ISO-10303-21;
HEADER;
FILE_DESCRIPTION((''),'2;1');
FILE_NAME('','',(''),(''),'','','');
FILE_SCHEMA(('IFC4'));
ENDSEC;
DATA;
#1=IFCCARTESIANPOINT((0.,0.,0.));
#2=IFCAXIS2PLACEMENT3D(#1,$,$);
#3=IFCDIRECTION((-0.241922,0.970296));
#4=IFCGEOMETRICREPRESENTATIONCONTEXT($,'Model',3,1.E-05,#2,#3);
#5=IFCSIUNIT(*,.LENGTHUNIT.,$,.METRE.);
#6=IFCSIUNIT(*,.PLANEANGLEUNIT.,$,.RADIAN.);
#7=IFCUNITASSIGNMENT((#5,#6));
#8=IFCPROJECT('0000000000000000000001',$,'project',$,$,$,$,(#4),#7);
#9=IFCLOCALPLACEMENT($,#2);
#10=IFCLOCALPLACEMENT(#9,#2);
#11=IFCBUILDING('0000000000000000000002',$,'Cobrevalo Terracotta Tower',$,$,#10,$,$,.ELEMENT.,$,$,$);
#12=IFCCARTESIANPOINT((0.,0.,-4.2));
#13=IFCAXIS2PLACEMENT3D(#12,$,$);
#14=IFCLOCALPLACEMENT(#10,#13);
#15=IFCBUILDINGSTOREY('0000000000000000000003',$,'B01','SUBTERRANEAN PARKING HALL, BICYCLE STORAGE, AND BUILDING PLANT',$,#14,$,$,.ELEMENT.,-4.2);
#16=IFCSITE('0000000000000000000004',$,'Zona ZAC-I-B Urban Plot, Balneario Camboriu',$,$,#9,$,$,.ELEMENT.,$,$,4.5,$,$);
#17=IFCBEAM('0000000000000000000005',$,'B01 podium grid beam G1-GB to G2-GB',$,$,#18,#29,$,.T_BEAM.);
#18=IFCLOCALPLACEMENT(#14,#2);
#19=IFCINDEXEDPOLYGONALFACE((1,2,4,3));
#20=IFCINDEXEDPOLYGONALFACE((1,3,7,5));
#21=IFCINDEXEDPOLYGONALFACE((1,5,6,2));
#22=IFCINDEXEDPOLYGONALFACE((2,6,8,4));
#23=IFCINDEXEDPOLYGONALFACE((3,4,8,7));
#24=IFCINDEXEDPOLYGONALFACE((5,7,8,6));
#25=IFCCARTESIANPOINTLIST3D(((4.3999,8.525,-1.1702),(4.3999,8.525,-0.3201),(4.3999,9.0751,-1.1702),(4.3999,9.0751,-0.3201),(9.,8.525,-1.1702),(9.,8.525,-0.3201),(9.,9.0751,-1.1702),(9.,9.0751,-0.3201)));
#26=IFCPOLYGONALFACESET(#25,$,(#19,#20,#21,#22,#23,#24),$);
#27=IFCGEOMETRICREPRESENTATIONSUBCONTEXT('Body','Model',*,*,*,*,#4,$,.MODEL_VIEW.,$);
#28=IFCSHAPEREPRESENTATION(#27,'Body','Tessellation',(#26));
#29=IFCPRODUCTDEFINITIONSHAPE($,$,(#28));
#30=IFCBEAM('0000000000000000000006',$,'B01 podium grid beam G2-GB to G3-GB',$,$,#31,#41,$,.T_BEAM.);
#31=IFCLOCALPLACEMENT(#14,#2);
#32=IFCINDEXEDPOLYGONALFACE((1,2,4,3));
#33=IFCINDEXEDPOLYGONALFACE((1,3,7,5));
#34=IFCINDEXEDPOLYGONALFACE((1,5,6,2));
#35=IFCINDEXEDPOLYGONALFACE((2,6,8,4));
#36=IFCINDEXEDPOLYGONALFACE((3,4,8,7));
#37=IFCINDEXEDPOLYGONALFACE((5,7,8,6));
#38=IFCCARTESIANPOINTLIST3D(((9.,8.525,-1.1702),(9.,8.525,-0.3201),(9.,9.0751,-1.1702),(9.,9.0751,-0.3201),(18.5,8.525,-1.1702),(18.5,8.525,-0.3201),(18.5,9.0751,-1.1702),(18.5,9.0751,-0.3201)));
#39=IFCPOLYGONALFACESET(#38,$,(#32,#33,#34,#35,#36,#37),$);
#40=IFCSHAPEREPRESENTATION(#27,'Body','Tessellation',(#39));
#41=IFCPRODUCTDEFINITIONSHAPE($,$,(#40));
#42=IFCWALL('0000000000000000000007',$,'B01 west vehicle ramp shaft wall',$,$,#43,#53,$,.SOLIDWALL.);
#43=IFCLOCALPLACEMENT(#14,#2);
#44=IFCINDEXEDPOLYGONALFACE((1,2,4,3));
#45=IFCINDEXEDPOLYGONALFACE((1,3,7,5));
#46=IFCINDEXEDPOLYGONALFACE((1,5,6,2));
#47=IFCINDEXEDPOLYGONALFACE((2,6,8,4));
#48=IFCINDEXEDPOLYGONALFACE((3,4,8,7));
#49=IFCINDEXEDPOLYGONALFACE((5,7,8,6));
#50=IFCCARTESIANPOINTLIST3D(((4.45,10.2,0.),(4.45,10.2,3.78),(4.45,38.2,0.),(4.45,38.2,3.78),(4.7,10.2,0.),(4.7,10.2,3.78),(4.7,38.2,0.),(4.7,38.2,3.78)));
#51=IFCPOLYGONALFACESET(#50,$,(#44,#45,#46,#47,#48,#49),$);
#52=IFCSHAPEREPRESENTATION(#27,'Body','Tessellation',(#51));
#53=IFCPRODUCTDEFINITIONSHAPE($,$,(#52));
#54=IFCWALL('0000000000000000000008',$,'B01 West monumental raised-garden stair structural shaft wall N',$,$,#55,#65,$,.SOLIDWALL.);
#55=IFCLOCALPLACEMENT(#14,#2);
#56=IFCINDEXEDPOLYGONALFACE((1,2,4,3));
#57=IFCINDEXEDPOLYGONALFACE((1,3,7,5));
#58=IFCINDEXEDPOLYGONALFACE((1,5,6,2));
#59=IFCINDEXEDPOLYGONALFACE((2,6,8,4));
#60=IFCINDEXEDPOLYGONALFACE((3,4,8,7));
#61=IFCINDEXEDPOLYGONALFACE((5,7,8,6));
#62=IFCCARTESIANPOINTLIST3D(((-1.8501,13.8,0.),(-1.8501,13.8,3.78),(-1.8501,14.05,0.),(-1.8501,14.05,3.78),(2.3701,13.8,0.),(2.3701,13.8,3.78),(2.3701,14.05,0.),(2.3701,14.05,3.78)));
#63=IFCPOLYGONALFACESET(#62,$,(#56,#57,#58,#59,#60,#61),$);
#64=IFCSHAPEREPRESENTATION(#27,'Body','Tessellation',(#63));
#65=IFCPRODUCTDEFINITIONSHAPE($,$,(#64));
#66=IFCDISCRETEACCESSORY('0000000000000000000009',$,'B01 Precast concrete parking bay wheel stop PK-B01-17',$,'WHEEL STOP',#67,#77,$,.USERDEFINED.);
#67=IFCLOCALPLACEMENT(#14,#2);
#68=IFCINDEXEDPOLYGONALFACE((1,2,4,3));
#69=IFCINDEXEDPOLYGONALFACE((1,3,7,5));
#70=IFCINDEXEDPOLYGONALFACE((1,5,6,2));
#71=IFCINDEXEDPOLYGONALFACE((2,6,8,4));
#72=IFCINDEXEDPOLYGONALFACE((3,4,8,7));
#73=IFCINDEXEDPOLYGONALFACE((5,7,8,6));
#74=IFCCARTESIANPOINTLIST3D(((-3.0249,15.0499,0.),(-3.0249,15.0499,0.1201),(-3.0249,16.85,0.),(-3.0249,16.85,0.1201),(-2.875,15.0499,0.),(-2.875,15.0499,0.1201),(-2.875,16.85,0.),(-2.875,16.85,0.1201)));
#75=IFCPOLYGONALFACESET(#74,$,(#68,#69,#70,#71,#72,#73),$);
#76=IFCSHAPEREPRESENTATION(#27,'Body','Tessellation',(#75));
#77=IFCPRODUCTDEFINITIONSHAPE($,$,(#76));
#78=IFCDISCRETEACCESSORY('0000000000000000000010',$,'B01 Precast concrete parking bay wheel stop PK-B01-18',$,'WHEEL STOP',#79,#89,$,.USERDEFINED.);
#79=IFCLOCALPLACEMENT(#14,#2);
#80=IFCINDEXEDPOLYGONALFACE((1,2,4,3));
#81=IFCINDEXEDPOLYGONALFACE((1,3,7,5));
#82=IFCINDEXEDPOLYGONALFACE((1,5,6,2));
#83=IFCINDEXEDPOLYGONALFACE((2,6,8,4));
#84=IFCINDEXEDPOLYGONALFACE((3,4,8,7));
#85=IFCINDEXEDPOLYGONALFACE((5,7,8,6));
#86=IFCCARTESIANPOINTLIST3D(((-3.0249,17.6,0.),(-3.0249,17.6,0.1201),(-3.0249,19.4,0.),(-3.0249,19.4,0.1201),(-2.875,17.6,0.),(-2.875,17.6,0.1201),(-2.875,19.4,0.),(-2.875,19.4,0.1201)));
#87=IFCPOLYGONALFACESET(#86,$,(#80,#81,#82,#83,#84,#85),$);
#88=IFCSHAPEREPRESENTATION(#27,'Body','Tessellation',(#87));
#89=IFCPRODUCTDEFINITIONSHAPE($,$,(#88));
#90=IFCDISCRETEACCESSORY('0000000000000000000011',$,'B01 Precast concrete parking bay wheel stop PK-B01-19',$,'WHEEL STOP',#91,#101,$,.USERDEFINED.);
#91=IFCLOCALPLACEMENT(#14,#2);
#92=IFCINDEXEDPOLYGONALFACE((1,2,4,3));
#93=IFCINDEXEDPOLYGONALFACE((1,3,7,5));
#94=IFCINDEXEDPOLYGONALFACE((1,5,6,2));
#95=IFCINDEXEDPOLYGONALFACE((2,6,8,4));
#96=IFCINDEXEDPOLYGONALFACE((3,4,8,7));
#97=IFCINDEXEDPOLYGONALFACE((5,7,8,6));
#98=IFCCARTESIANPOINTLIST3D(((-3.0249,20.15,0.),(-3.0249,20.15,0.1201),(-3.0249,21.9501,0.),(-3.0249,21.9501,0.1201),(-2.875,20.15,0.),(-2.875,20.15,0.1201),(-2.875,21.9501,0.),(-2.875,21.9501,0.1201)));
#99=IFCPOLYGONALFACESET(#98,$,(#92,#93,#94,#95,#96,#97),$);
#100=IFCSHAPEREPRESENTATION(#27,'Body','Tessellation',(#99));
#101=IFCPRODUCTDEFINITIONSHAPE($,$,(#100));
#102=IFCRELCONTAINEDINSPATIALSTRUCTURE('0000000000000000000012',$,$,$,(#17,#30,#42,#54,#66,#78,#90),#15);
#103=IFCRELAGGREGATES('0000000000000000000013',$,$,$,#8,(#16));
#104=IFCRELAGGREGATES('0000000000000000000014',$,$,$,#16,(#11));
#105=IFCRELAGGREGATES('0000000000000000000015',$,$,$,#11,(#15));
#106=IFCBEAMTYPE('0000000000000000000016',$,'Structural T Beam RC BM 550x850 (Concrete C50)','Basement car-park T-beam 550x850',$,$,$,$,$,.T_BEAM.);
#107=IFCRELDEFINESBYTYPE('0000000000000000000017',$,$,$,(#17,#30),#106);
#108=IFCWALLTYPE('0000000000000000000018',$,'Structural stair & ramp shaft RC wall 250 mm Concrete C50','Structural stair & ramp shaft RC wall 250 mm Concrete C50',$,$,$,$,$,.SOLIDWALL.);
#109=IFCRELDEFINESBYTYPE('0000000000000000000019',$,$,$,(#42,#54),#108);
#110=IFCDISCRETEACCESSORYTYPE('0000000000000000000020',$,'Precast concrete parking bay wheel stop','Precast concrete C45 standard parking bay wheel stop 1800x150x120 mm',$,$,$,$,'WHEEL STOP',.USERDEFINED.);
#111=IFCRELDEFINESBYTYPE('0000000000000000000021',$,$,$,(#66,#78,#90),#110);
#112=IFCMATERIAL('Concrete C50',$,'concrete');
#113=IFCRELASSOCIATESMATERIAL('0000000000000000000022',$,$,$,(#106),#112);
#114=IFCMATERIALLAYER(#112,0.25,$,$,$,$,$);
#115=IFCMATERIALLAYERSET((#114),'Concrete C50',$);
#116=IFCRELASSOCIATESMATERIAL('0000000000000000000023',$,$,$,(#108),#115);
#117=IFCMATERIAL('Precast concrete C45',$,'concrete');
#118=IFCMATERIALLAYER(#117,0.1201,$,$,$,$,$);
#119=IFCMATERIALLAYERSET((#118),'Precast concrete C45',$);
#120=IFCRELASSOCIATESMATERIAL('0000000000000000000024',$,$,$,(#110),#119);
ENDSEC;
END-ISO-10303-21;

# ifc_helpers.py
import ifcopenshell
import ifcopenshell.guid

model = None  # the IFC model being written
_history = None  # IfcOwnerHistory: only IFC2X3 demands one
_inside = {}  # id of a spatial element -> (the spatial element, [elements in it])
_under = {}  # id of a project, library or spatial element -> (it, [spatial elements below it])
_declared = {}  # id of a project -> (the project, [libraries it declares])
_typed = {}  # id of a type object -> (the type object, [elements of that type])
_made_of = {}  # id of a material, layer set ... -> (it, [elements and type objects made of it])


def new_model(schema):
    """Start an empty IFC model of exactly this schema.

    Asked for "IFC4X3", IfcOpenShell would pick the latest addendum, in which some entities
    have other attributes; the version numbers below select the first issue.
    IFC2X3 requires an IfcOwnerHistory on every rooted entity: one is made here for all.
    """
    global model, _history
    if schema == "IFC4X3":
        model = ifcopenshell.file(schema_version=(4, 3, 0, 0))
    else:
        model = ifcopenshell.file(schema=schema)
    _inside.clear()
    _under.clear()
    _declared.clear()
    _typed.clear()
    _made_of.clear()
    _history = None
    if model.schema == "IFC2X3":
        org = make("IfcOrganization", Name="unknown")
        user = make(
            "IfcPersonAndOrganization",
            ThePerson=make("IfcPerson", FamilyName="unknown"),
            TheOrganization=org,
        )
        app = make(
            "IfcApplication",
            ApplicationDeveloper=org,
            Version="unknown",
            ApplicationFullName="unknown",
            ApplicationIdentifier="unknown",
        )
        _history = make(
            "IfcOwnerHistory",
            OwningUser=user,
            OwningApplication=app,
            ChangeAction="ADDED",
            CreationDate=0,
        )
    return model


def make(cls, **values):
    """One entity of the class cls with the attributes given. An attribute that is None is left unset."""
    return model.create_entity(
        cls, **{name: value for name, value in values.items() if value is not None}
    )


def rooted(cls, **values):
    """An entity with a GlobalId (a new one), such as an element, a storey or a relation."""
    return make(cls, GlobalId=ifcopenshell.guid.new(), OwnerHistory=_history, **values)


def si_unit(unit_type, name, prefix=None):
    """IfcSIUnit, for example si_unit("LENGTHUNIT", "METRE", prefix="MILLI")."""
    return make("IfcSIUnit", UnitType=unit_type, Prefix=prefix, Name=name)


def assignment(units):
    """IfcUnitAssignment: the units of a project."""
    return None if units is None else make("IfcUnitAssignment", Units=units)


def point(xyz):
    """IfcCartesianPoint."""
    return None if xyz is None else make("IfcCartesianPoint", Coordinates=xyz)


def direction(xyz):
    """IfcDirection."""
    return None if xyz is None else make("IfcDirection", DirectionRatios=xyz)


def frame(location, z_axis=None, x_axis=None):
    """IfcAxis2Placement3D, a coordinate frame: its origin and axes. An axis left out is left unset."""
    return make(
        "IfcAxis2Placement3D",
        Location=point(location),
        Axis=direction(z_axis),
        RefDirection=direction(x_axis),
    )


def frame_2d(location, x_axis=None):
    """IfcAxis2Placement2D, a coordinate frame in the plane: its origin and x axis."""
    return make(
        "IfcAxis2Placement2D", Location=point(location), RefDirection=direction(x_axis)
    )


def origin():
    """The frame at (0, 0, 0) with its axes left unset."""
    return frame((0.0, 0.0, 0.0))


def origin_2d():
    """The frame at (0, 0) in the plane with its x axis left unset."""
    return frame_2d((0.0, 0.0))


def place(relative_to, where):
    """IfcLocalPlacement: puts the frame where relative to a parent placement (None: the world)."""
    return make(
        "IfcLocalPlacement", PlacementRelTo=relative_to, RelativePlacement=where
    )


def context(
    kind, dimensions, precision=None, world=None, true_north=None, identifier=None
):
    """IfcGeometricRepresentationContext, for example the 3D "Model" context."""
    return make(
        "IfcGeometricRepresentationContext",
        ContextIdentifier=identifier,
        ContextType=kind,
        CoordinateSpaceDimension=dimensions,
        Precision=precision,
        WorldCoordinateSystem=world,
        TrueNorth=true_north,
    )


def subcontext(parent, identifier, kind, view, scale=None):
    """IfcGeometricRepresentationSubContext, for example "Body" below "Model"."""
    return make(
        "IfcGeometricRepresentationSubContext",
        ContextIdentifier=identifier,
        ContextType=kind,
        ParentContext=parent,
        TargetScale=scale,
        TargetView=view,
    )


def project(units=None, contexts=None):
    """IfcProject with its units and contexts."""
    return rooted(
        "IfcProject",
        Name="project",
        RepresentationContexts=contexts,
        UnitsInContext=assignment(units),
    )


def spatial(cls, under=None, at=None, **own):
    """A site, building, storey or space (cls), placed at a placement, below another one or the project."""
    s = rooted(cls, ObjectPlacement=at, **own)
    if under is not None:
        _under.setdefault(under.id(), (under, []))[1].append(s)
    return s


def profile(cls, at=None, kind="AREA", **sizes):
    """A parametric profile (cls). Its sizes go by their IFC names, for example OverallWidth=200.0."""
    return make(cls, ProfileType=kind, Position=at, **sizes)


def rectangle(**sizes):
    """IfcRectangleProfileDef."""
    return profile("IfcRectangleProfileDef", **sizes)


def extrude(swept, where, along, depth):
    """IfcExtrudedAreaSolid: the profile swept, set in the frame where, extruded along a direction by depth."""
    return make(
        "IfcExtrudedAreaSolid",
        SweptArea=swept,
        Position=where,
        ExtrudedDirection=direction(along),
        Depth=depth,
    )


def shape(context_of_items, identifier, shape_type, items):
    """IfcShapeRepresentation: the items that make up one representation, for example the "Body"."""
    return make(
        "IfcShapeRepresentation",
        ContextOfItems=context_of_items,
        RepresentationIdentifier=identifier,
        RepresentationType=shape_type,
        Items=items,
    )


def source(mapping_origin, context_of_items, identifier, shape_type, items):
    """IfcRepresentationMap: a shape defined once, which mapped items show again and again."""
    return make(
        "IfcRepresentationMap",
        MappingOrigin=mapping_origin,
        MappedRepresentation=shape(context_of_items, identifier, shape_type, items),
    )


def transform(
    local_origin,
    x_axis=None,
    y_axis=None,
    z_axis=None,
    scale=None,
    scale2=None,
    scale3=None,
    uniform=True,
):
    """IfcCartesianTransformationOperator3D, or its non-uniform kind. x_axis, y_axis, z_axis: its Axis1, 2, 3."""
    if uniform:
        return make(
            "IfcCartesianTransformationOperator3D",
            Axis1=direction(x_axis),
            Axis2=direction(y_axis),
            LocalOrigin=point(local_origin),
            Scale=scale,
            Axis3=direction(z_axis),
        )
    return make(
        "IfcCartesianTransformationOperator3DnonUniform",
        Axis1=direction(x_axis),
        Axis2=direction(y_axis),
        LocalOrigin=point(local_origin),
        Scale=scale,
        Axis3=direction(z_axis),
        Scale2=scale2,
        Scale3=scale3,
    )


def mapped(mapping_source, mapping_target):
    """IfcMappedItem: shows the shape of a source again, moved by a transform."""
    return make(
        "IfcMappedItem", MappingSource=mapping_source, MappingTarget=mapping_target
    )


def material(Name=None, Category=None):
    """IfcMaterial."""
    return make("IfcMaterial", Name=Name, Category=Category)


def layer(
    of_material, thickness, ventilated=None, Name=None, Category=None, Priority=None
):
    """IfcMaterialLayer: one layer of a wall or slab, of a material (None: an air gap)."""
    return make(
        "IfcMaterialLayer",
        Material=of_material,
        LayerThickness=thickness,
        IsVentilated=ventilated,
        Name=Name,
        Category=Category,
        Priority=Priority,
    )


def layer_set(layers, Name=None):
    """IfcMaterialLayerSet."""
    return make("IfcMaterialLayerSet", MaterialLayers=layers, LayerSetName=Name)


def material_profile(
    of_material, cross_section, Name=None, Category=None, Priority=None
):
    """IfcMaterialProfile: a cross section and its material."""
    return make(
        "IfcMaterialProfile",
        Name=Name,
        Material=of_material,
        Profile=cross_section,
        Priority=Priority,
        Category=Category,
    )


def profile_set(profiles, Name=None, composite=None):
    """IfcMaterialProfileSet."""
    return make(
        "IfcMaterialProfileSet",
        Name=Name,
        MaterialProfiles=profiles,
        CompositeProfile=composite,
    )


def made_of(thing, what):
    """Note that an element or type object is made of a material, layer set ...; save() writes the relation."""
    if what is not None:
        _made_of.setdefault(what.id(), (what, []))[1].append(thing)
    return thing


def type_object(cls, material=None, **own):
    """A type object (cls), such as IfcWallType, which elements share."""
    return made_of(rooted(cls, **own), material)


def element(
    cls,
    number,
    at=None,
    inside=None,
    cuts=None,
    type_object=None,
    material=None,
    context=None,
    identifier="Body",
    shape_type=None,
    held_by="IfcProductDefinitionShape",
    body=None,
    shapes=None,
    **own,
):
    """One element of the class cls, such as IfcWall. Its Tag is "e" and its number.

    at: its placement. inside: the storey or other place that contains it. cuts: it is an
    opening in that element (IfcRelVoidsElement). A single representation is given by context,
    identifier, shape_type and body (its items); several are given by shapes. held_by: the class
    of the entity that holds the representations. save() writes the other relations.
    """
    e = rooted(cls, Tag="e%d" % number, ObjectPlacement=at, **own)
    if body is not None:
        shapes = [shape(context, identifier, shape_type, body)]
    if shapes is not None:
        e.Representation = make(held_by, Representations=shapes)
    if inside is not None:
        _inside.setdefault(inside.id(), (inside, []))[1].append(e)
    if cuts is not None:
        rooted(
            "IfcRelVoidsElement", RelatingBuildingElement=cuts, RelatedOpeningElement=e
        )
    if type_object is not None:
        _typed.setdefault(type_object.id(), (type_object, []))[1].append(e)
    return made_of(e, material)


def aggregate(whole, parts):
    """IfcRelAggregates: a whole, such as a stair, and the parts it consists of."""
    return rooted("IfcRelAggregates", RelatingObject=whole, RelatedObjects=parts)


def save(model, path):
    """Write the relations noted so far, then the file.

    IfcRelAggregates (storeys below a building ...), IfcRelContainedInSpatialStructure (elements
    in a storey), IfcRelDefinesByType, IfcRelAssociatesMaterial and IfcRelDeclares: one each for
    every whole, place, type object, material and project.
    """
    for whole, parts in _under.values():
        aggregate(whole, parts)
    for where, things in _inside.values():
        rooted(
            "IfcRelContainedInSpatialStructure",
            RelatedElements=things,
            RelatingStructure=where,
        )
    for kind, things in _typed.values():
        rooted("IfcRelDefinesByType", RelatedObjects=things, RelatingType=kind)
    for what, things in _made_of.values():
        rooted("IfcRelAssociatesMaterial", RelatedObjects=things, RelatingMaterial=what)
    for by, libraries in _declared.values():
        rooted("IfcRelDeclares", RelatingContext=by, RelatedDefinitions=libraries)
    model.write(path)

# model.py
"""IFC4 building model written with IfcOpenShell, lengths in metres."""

from ifc_helpers import new_model, si_unit, direction, frame, frame_2d, origin, origin_2d, place, context, subcontext, project, spatial, rectangle, extrude, source, transform, mapped, material, layer, layer_set, material_profile, profile_set, type_object, element, save


model = new_model("IFC4")

# Units and contexts
model_context = context("Model", 3, precision=1e-05, world=origin(), true_north=direction((-0.241922, 0.970296)))
body_context = subcontext(model_context, "Body", "Model", "MODEL_VIEW")
ifc_project = project(units=[si_unit("LENGTHUNIT", "METRE"), si_unit("PLANEANGLEUNIT", "RADIAN")], contexts=[model_context])

# Site, building, storey
site_placement = place(None, origin())
site = spatial("IfcSite", under=ifc_project, at=site_placement, Name="Zona ZAC-I-B Urban Plot, Balneario Camboriu", CompositionType="ELEMENT", RefElevation=4.5)
building_placement = place(site_placement, origin())
building = spatial("IfcBuilding", under=site, at=building_placement, Name="Cobrevalo Terracotta Tower", CompositionType="ELEMENT")
storey_placement = place(building_placement, frame((0.0, 0.0, -4.2)))
storey = spatial("IfcBuildingStorey", under=building, at=storey_placement, Name="B01", Description="SUBTERRANEAN PARKING HALL, BICYCLE STORAGE, AND BUILDING PLANT", CompositionType="ELEMENT", Elevation=-4.2)

# Shared definitions
ifc_material_1 = material(Name="Concrete C50", Category="concrete")

# Beams
ifc_material_profile_1 = material_profile(ifc_material_1, rectangle(XDim=0.55, YDim=0.8501, at=origin_2d()), Name="RC BM 550x850")
ifc_profile_set_1 = profile_set([ifc_material_profile_1], Name="Concrete C50")
beam_type_1 = type_object("IfcBeamType", Name="Structural T Beam RC BM 550x850 (Concrete C50)", Description="Basement car-park T-beam 550x850", PredefinedType="T_BEAM", material=ifc_profile_set_1)
beam_1_placement = place(storey_placement, frame((4.3999, 8.8, -0.7451), z_axis=(1.0, 0.0, 0.0), x_axis=(0.0, 1.0, 0.0)))
element("IfcBeam", 1, at=beam_1_placement, inside=storey, type_object=beam_type_1, Name="B01 podium grid beam G1-GB to G2-GB", PredefinedType="T_BEAM", context=body_context, shape_type="SweptSolid", body=[
    extrude(rectangle(XDim=0.55, YDim=0.8501, at=origin_2d()), origin(), (0.0, 0.0, 1.0), 4.6001),
])
beam_2_placement = place(storey_placement, frame((9.0, 8.8, -0.7451), z_axis=(1.0, 0.0, 0.0), x_axis=(0.0, 1.0, 0.0)))
element("IfcBeam", 2, at=beam_2_placement, inside=storey, type_object=beam_type_1, Name="B01 podium grid beam G2-GB to G3-GB", PredefinedType="T_BEAM", context=body_context, shape_type="SweptSolid", body=[
    extrude(rectangle(XDim=0.55, YDim=0.8501, at=origin_2d()), origin(), (0.0, 0.0, 1.0), 9.5),
])

# Walls
ifc_layer_1 = layer(ifc_material_1, 0.25)
ifc_layer_set_1 = layer_set([ifc_layer_1], Name="Concrete C50")
wall_type = type_object("IfcWallType", Name="Structural stair & ramp shaft RC wall 250 mm Concrete C50", Description="Structural stair & ramp shaft RC wall 250 mm Concrete C50", PredefinedType="SOLIDWALL", material=ifc_layer_set_1)
wall_1_placement = place(storey_placement, frame((4.575, 10.2, 0.0), z_axis=(0.0, 0.0, 1.0), x_axis=(0.0, 1.0, 0.0)))
element("IfcWall", 3, at=wall_1_placement, inside=storey, type_object=wall_type, Name="B01 west vehicle ramp shaft wall", PredefinedType="SOLIDWALL", context=body_context, shape_type="SweptSolid", body=[
    extrude(rectangle(XDim=28.0, YDim=0.25, at=frame_2d((14.0, 0.0))), origin(), (0.0, 0.0, 1.0), 3.78),
])
wall_2_placement = place(storey_placement, frame((-1.8501, 13.925, 0.0), z_axis=(0.0, 0.0, 1.0), x_axis=(1.0, 0.0, 0.0)))
element("IfcWall", 4, at=wall_2_placement, inside=storey, type_object=wall_type, Name="B01 West monumental raised-garden stair structural shaft wall N", PredefinedType="SOLIDWALL", context=body_context, shape_type="SweptSolid", body=[
    extrude(rectangle(XDim=4.2202, YDim=0.25, at=frame_2d((2.1101, 0.0))), origin(), (0.0, 0.0, 1.0), 3.78),
])

# Discrete accessories
ifc_material_2 = material(Name="Precast concrete C45", Category="concrete")
ifc_layer_2 = layer(ifc_material_2, 0.1201)
ifc_layer_set_2 = layer_set([ifc_layer_2], Name="Precast concrete C45")
discrete_accessory_type = type_object("IfcDiscreteAccessoryType", Name="Precast concrete parking bay wheel stop", Description="Precast concrete C45 standard parking bay wheel stop 1800x150x120 mm", ElementType="WHEEL STOP", PredefinedType="USERDEFINED", material=ifc_layer_set_2)
shared_shape = source(origin(), body_context, "Body", "SweptSolid", [
    extrude(rectangle(XDim=1.8, YDim=0.1499, at=origin_2d()), origin(), (0.0, 0.0, 1.0), 0.1201),
])
for number, where, z_axis, x_axis, name in (
    (5, (-2.95, 15.95, 0.0), (0.0, 0.0, 1.0), (0.0, 1.0, 0.0), "B01 Precast concrete parking bay wheel stop PK-B01-17"),
    (6, (-2.95, 18.5, 0.0), (0.0, 0.0, 1.0), (0.0, 1.0, 0.0), "B01 Precast concrete parking bay wheel stop PK-B01-18"),
    (7, (-2.95, 21.05, 0.0), (0.0, 0.0, 1.0), (0.0, 1.0, 0.0), "B01 Precast concrete parking bay wheel stop PK-B01-19"),
):
    element("IfcDiscreteAccessory", number, at=place(storey_placement, frame(where, z_axis=z_axis, x_axis=x_axis)), inside=storey, type_object=discrete_accessory_type, Name=name, ObjectType="WHEEL STOP", PredefinedType="USERDEFINED", context=body_context, shape_type="MappedRepresentation", body=[
        mapped(shared_shape, transform((0.0, 0.0, 0.0), scale=1.0)),
    ])

save(model, "model.ifc")
